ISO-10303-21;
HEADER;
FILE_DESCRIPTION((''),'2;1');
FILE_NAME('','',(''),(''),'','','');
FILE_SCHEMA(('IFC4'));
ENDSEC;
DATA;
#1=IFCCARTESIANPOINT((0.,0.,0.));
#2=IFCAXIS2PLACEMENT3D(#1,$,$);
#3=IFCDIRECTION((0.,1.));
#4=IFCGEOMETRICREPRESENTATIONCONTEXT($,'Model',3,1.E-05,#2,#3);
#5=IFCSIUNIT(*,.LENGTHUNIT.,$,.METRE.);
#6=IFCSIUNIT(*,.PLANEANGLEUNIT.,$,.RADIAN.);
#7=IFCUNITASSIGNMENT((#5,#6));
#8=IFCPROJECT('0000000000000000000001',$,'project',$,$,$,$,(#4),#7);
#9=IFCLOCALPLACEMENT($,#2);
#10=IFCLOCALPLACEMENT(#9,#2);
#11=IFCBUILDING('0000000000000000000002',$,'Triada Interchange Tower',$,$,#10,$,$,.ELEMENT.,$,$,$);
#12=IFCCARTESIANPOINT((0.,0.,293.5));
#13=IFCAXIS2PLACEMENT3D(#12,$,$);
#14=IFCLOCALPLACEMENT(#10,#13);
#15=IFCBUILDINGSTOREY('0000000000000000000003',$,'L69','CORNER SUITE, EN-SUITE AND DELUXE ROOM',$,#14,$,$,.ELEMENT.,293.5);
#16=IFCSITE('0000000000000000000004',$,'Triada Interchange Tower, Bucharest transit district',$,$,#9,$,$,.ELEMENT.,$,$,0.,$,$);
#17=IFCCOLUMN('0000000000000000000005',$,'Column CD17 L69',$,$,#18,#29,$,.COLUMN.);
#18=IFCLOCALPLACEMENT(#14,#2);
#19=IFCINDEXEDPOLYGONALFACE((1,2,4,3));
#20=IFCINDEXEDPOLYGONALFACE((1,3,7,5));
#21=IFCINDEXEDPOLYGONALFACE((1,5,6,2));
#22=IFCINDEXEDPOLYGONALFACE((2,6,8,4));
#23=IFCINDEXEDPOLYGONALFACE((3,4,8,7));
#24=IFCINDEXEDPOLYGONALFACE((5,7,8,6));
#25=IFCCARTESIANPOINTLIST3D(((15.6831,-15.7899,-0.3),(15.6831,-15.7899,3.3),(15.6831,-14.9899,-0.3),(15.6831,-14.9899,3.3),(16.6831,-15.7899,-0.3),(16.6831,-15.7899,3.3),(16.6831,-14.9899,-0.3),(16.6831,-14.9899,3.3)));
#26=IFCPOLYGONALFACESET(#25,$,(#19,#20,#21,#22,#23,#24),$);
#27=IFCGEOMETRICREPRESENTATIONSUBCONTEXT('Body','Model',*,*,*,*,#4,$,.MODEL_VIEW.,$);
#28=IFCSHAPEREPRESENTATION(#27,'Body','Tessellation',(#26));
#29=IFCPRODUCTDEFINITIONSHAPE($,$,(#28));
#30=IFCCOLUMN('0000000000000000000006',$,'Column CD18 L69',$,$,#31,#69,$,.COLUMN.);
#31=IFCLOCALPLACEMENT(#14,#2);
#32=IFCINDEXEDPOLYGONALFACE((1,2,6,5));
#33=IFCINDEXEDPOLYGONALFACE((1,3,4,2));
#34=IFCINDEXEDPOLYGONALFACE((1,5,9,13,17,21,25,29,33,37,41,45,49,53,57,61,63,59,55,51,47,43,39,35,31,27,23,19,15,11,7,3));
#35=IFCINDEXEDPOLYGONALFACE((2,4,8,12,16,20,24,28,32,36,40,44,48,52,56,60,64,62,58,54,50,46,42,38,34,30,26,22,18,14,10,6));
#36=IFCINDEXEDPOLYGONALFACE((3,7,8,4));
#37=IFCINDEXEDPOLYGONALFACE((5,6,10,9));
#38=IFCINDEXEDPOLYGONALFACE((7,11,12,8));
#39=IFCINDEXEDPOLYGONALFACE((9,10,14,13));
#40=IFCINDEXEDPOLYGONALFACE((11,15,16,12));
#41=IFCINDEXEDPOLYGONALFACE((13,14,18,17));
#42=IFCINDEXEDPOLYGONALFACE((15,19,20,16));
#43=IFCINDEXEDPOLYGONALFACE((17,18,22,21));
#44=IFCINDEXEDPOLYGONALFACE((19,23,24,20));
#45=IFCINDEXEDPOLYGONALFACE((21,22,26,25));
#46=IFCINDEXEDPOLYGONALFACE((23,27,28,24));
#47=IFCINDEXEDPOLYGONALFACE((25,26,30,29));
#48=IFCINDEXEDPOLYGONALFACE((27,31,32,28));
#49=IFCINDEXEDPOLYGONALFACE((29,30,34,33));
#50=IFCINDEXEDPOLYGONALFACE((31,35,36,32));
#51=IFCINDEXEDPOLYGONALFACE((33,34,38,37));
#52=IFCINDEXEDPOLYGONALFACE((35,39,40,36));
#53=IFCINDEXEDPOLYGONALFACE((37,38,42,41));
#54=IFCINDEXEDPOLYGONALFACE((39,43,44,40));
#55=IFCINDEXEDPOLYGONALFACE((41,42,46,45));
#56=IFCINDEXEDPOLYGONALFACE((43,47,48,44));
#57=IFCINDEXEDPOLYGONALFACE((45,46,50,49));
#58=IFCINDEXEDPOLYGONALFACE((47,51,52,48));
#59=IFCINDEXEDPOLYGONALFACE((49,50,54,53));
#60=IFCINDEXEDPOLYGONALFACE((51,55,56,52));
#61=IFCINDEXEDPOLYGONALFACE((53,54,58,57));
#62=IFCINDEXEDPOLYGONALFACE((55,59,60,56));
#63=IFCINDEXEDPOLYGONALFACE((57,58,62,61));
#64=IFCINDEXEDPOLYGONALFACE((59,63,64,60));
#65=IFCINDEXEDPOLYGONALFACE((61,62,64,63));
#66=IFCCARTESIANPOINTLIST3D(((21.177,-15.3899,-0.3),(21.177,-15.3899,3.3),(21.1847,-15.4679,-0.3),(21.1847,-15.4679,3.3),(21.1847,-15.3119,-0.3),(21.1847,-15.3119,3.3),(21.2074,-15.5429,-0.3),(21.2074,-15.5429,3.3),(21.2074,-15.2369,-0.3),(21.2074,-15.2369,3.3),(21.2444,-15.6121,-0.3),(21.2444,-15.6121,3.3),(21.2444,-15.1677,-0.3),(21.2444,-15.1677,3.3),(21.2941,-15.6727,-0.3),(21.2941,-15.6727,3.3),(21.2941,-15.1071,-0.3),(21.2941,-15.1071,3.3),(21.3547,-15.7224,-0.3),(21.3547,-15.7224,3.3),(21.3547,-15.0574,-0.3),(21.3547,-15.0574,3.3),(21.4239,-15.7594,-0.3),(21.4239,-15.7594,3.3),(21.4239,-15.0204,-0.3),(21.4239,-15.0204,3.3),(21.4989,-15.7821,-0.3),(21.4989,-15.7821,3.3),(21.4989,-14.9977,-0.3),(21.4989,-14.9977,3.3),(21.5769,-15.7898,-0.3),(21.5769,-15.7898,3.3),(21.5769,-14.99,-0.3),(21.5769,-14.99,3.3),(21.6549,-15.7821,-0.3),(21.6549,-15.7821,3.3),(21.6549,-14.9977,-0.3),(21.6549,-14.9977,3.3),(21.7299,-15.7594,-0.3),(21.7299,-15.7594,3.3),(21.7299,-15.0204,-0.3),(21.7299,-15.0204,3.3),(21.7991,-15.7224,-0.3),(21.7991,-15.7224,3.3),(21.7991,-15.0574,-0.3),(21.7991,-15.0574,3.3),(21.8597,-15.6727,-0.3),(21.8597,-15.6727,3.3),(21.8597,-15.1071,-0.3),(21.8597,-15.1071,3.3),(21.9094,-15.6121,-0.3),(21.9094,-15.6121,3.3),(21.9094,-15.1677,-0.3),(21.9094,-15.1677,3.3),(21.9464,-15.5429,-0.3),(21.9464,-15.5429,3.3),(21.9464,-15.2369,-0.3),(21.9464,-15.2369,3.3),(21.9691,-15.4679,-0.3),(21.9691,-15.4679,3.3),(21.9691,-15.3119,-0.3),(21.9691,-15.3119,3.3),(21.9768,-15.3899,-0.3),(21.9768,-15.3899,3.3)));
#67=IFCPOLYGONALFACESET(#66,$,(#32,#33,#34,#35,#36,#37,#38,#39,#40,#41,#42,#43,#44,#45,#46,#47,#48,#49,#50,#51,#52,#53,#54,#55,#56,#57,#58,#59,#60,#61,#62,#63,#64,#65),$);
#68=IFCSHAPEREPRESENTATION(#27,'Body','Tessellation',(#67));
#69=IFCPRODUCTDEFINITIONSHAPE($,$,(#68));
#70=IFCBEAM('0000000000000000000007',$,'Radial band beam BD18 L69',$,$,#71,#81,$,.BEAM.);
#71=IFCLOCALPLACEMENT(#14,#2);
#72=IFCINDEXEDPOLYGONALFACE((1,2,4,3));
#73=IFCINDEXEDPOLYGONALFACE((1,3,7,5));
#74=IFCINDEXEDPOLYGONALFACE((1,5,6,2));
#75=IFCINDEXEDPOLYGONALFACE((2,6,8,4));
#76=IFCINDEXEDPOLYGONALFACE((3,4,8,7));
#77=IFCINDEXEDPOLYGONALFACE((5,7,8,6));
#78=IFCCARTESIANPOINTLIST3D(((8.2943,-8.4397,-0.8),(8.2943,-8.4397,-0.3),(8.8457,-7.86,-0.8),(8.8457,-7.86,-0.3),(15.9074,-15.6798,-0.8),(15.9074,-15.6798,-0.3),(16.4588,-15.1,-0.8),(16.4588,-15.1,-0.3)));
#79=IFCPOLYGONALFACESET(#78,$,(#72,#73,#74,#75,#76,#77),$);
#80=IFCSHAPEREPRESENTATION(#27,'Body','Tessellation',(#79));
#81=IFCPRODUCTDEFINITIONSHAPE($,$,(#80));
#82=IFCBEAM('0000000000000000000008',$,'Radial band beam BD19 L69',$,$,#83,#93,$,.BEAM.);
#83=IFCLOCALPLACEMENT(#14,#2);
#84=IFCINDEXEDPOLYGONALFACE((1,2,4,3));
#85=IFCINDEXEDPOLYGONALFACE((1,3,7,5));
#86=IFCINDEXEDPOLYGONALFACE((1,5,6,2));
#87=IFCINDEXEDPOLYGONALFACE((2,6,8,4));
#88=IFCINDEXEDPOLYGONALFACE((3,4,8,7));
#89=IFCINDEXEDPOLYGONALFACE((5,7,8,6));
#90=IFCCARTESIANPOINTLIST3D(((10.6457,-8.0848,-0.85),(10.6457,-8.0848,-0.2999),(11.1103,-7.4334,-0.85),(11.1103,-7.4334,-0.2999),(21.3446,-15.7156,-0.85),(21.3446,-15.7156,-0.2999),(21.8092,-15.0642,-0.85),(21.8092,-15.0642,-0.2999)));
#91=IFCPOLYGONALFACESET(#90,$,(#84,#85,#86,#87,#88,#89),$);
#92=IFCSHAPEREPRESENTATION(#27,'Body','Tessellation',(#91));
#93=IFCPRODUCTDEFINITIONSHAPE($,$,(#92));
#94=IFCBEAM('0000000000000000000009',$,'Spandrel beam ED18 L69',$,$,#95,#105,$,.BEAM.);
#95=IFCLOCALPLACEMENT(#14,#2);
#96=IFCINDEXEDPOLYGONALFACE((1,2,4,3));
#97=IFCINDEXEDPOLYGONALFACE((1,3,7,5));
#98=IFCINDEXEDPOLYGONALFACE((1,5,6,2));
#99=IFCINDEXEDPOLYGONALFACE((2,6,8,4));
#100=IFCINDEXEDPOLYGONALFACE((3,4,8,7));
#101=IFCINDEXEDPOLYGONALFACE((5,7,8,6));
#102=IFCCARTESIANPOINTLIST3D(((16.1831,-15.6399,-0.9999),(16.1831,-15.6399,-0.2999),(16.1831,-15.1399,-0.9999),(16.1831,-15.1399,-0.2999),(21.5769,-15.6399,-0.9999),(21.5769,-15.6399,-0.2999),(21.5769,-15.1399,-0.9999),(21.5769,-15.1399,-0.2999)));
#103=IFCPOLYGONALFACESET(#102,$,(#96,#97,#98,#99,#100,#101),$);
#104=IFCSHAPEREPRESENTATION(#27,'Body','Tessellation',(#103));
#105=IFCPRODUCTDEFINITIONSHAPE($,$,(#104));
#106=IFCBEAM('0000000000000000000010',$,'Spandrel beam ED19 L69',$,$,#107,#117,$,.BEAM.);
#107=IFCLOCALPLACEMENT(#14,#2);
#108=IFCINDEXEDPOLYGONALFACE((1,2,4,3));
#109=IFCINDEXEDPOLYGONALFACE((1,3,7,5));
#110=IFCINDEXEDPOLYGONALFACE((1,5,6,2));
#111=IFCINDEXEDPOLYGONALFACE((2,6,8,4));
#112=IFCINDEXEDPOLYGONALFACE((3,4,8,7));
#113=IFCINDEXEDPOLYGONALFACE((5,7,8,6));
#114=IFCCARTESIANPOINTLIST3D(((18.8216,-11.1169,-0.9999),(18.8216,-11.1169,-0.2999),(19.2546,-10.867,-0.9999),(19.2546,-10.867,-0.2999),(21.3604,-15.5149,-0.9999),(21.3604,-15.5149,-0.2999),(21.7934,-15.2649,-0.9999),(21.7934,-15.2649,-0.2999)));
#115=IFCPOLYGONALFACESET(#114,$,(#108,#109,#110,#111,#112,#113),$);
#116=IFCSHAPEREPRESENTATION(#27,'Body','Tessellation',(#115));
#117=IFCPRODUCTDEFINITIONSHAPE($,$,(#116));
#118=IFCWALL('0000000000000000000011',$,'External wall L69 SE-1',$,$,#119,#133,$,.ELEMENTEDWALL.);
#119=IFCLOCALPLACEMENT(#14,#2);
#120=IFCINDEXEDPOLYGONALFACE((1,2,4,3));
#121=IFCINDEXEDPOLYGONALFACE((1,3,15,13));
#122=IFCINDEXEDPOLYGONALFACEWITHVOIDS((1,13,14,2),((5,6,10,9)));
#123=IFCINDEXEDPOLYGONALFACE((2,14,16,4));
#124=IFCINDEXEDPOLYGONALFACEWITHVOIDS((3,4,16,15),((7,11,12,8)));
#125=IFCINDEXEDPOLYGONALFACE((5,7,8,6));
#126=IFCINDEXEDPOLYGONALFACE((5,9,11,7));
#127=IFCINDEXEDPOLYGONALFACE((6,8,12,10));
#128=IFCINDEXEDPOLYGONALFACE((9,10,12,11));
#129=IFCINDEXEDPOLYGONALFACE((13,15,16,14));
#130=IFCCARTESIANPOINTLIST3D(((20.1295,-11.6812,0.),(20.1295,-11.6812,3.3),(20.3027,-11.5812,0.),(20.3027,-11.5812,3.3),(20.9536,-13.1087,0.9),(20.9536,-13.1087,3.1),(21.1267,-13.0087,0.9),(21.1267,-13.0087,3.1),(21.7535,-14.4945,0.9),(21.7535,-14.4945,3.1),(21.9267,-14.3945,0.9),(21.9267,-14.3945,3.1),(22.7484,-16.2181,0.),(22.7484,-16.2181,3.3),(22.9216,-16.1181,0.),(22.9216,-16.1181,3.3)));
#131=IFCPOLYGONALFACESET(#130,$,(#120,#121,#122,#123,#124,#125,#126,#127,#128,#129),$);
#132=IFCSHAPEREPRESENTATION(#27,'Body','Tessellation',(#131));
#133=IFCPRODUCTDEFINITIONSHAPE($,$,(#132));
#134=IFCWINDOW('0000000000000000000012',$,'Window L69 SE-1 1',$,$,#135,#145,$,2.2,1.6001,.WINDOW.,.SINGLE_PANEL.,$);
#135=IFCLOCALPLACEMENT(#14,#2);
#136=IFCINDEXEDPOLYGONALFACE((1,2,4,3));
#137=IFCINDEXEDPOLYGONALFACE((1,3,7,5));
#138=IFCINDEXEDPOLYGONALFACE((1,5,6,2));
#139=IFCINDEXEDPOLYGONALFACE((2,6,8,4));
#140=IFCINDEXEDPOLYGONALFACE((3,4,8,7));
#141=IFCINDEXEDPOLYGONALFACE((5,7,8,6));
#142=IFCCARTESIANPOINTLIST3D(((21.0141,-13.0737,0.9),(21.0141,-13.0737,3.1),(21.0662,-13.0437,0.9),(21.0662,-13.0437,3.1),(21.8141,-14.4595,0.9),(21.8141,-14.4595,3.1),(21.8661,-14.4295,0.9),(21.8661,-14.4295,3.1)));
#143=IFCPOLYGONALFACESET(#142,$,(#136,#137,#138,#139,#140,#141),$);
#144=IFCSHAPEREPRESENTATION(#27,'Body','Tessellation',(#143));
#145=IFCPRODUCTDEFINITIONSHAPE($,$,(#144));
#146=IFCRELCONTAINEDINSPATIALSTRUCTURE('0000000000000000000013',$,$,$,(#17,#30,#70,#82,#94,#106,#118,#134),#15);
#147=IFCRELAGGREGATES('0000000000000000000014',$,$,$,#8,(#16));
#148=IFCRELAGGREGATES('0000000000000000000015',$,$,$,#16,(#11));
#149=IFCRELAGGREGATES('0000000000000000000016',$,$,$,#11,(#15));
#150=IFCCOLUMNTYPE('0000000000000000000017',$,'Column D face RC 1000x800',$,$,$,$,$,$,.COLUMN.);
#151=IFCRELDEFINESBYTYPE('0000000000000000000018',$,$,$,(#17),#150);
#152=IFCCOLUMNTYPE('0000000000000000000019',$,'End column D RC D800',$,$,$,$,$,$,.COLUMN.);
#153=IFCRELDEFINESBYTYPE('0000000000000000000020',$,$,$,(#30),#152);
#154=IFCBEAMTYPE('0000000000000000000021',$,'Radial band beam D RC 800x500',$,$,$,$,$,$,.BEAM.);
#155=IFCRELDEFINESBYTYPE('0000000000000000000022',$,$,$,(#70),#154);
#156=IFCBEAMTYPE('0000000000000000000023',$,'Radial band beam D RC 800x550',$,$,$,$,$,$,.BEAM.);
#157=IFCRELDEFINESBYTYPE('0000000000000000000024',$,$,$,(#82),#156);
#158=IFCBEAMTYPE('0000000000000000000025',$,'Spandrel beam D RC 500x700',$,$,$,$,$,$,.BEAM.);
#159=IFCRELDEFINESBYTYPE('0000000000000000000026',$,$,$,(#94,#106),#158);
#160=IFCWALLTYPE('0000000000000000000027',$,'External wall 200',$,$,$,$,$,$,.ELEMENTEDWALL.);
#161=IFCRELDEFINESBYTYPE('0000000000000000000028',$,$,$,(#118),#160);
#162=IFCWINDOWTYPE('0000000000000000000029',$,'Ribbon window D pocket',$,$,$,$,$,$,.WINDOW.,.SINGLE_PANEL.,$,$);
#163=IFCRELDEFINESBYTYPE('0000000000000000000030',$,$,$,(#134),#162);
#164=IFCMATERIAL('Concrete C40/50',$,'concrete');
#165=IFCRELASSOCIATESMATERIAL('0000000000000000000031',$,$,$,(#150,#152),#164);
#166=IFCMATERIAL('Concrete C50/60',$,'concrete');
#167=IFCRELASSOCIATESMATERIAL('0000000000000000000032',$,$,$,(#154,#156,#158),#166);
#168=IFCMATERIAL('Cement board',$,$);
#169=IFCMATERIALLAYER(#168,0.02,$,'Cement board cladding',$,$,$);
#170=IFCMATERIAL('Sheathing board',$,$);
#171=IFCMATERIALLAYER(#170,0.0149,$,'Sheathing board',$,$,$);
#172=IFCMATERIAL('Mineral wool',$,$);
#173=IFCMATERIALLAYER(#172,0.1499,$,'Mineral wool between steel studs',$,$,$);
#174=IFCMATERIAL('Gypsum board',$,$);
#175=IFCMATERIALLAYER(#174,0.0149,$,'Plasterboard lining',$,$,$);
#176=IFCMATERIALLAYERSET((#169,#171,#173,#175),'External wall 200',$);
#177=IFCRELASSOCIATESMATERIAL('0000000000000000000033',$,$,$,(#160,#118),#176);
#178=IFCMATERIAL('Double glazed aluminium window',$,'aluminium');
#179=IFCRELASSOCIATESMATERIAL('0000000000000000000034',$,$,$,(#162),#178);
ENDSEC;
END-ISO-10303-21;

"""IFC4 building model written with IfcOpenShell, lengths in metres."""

from ifc_helpers import new_model, si_unit, direction, frame, frame_2d, origin, origin_2d, place, context, subcontext, project, spatial, rectangle, circle, extrude, material, layer, layer_set, layer_usage, material_profile, profile_set, type_object, element, fill, save


model = new_model("IFC4")

# Units and contexts
model_context = context("Model", 3, precision=1e-05, world=origin(), true_north=direction((0.0, 1.0)))
body_context = subcontext(model_context, "Body", "Model", "MODEL_VIEW")
ifc_project = project(units=[si_unit("LENGTHUNIT", "METRE"), si_unit("PLANEANGLEUNIT", "RADIAN")], contexts=[model_context])

# Site, building, storey
site_placement = place(None, origin())
site = spatial("IfcSite", under=ifc_project, at=site_placement, Name="Triada Interchange Tower, Bucharest transit district", CompositionType="ELEMENT", RefElevation=0.0)
building_placement = place(site_placement, origin())
building = spatial("IfcBuilding", under=site, at=building_placement, Name="Triada Interchange Tower", CompositionType="ELEMENT")
storey_placement = place(building_placement, frame((0.0, 0.0, 293.5)))
storey = spatial("IfcBuildingStorey", under=building, at=storey_placement, Name="L69", Description="CORNER SUITE, EN-SUITE AND DELUXE ROOM", CompositionType="ELEMENT", Elevation=293.5)

# Columns
ifc_material_1 = material(Name="Concrete C40/50", Category="concrete")
ifc_material_profile_1 = material_profile(ifc_material_1, rectangle(XDim=1.0, YDim=0.8, at=origin_2d()), Name="RC 1000x800")
ifc_profile_set_1 = profile_set([ifc_material_profile_1], Name="Concrete C40/50")
column_type_1 = type_object("IfcColumnType", Name="Column D face RC 1000x800", PredefinedType="COLUMN", material=ifc_profile_set_1)
column_1_placement = place(storey_placement, frame((16.1831, -15.3899, -0.3), z_axis=(0.0, 0.0, 1.0), x_axis=(1.0, 0.0, 0.0)))
element("IfcColumn", 1, at=column_1_placement, inside=storey, type_object=column_type_1, Name="Column CD17 L69", PredefinedType="COLUMN", context=body_context, shape_type="SweptSolid", body=[
    extrude(rectangle(XDim=1.0, YDim=0.8, at=origin_2d()), origin(), (0.0, 0.0, 1.0), 3.6001),
])
ifc_material_profile_2 = material_profile(ifc_material_1, circle(Radius=0.3999, at=origin_2d()), Name="RC D800")
ifc_profile_set_2 = profile_set([ifc_material_profile_2], Name="Concrete C40/50")
column_type_2 = type_object("IfcColumnType", Name="End column D RC D800", PredefinedType="COLUMN", material=ifc_profile_set_2)
column_2_placement = place(storey_placement, frame((21.5769, -15.3899, -0.3), z_axis=(0.0, 0.0, 1.0), x_axis=(1.0, 0.0, 0.0)))
element("IfcColumn", 2, at=column_2_placement, inside=storey, type_object=column_type_2, Name="Column CD18 L69", PredefinedType="COLUMN", context=body_context, shape_type="SweptSolid", body=[
    extrude(circle(Radius=0.3999, at=origin_2d()), origin(), (0.0, 0.0, 1.0), 3.6001),
])

# Beams
ifc_material_2 = material(Name="Concrete C50/60", Category="concrete")
ifc_material_profile_3 = material_profile(ifc_material_2, rectangle(XDim=0.8, YDim=0.5, at=origin_2d()), Name="RC 800x500")
ifc_profile_set_3 = profile_set([ifc_material_profile_3], Name="Concrete C50/60")
beam_type_1 = type_object("IfcBeamType", Name="Radial band beam D RC 800x500", PredefinedType="BEAM", material=ifc_profile_set_3)
beam_1_placement = place(storey_placement, frame((16.1831, -15.3899, -0.55), z_axis=(-0.724638, 0.68913, 0.0), x_axis=(-0.68913, -0.724638, 0.0)))
element("IfcBeam", 3, at=beam_1_placement, inside=storey, type_object=beam_type_1, Name="Radial band beam BD18 L69", PredefinedType="BEAM", context=body_context, shape_type="SweptSolid", body=[
    extrude(rectangle(XDim=0.8, YDim=0.5, at=origin_2d()), origin(), (0.0, 0.0, 1.0), 10.5061),
])
ifc_material_profile_4 = material_profile(ifc_material_2, rectangle(XDim=0.8, YDim=0.55, at=origin_2d()), Name="RC 800x550")
ifc_profile_set_4 = profile_set([ifc_material_profile_4], Name="Concrete C50/60")
beam_type_2 = type_object("IfcBeamType", Name="Radial band beam D RC 800x550", PredefinedType="BEAM", material=ifc_profile_set_4)
beam_2_placement = place(storey_placement, frame((21.5769, -15.3899, -0.575), z_axis=(-0.814139, 0.58067, 0.0), x_axis=(-0.58067, -0.814139, 0.0)))
element("IfcBeam", 4, at=beam_2_placement, inside=storey, type_object=beam_type_2, Name="Radial band beam BD19 L69", PredefinedType="BEAM", context=body_context, shape_type="SweptSolid", body=[
    extrude(rectangle(XDim=0.8, YDim=0.55, at=origin_2d()), origin(), (0.0, 0.0, 1.0), 13.1414),
])
ifc_material_profile_5 = material_profile(ifc_material_2, rectangle(XDim=0.5, YDim=0.7, at=origin_2d()), Name="RC 500x700")
ifc_profile_set_5 = profile_set([ifc_material_profile_5], Name="Concrete C50/60")
beam_type_3 = type_object("IfcBeamType", Name="Spandrel beam D RC 500x700", PredefinedType="BEAM", material=ifc_profile_set_5)
beam_3_placement = place(storey_placement, frame((16.1831, -15.3899, -0.6499), z_axis=(1.0, 0.0, 0.0), x_axis=(0.0, 1.0, 0.0)))
element("IfcBeam", 5, at=beam_3_placement, inside=storey, type_object=beam_type_3, Name="Spandrel beam ED18 L69", PredefinedType="BEAM", context=body_context, shape_type="SweptSolid", body=[
    extrude(rectangle(XDim=0.5, YDim=0.7, at=origin_2d()), origin(), (0.0, 0.0, 1.0), 5.3938),
])
beam_4_placement = place(storey_placement, frame((21.5769, -15.3899, -0.6499), z_axis=(-0.49995, 0.866054, 0.0), x_axis=(-0.866054, -0.49995, 0.0)))
element("IfcBeam", 6, at=beam_4_placement, inside=storey, type_object=beam_type_3, Name="Spandrel beam ED19 L69", PredefinedType="BEAM", context=body_context, shape_type="SweptSolid", body=[
    extrude(rectangle(XDim=0.5, YDim=0.7, at=origin_2d()), origin(), (0.0, 0.0, 1.0), 5.0781),
])

# Wall, opening, window
ifc_material_3 = material(Name="Cement board")
ifc_layer_1 = layer(ifc_material_3, 0.02, Name="Cement board cladding")
ifc_material_4 = material(Name="Sheathing board")
ifc_layer_2 = layer(ifc_material_4, 0.0149, Name="Sheathing board")
ifc_material_5 = material(Name="Mineral wool")
ifc_layer_3 = layer(ifc_material_5, 0.1499, Name="Mineral wool between steel studs")
ifc_material_6 = material(Name="Gypsum board")
ifc_layer_4 = layer(ifc_material_6, 0.0149, Name="Plasterboard lining")
ifc_layer_set_1 = layer_set([ifc_layer_1, ifc_layer_2, ifc_layer_3, ifc_layer_4], Name="External wall 200")
ifc_layer_usage = layer_usage(ifc_layer_set_1, "AXIS2", "POSITIVE", -0.1001)
wall_type_1 = type_object("IfcWallType", Name="External wall 200", PredefinedType="ELEMENTEDWALL", material=ifc_layer_set_1)
wall_1_placement = place(storey_placement, frame((22.835, -16.168, 0.0), z_axis=(0.0, 0.0, 1.0), x_axis=(-0.499934, 0.866064, 0.0)))
wall_1 = element("IfcWall", 7, at=wall_1_placement, inside=storey, type_object=wall_type_1, material=ifc_layer_usage, Name="External wall L69 SE-1", PredefinedType="ELEMENTEDWALL", context=body_context, shape_type="SweptSolid", body=[
    extrude(rectangle(XDim=5.2385, YDim=0.2, at=frame_2d((2.6191, 0.0))), origin(), (0.0, 0.0, 1.0), 3.3),
])
opening_1_placement = place(wall_1_placement, frame((1.99, 0.0, 0.8999)))
opening_1 = element("IfcOpeningElement", 8, at=opening_1_placement, cuts=wall_1, PredefinedType="OPENING", context=body_context, shape_type="SweptSolid", body=[
    extrude(rectangle(XDim=1.6001, YDim=2.2, at=frame_2d((0.8, 1.1001))), frame((0.0, 0.1099, 0.0), z_axis=(0.0, -1.0, 0.0), x_axis=(1.0, 0.0, 0.0)), (0.0, 0.0, 1.0), 0.22),
])
ifc_material_7 = material(Name="Double glazed aluminium window", Category="aluminium")
window_type_1 = type_object("IfcWindowType", Name="Ribbon window D pocket", PartitioningType="SINGLE_PANEL", PredefinedType="WINDOW", material=ifc_material_7)
window_1_placement = place(opening_1_placement, origin())
window_1 = element("IfcWindow", 9, at=window_1_placement, inside=storey, type_object=window_type_1, Name="Window L69 SE-1 1", OverallHeight=2.2, OverallWidth=1.6001, PartitioningType="SINGLE_PANEL", PredefinedType="WINDOW", context=body_context, shape_type="SweptSolid", body=[
    extrude(rectangle(XDim=1.6001, YDim=2.2, at=frame_2d((0.8, 1.1001))), frame((0.0, 0.03, 0.0), z_axis=(0.0, -1.0, 0.0), x_axis=(1.0, 0.0, 0.0)), (0.0, 0.0, 1.0), 0.0601),
])
fill(opening_1, window_1)

save(model, "model.ifc")
